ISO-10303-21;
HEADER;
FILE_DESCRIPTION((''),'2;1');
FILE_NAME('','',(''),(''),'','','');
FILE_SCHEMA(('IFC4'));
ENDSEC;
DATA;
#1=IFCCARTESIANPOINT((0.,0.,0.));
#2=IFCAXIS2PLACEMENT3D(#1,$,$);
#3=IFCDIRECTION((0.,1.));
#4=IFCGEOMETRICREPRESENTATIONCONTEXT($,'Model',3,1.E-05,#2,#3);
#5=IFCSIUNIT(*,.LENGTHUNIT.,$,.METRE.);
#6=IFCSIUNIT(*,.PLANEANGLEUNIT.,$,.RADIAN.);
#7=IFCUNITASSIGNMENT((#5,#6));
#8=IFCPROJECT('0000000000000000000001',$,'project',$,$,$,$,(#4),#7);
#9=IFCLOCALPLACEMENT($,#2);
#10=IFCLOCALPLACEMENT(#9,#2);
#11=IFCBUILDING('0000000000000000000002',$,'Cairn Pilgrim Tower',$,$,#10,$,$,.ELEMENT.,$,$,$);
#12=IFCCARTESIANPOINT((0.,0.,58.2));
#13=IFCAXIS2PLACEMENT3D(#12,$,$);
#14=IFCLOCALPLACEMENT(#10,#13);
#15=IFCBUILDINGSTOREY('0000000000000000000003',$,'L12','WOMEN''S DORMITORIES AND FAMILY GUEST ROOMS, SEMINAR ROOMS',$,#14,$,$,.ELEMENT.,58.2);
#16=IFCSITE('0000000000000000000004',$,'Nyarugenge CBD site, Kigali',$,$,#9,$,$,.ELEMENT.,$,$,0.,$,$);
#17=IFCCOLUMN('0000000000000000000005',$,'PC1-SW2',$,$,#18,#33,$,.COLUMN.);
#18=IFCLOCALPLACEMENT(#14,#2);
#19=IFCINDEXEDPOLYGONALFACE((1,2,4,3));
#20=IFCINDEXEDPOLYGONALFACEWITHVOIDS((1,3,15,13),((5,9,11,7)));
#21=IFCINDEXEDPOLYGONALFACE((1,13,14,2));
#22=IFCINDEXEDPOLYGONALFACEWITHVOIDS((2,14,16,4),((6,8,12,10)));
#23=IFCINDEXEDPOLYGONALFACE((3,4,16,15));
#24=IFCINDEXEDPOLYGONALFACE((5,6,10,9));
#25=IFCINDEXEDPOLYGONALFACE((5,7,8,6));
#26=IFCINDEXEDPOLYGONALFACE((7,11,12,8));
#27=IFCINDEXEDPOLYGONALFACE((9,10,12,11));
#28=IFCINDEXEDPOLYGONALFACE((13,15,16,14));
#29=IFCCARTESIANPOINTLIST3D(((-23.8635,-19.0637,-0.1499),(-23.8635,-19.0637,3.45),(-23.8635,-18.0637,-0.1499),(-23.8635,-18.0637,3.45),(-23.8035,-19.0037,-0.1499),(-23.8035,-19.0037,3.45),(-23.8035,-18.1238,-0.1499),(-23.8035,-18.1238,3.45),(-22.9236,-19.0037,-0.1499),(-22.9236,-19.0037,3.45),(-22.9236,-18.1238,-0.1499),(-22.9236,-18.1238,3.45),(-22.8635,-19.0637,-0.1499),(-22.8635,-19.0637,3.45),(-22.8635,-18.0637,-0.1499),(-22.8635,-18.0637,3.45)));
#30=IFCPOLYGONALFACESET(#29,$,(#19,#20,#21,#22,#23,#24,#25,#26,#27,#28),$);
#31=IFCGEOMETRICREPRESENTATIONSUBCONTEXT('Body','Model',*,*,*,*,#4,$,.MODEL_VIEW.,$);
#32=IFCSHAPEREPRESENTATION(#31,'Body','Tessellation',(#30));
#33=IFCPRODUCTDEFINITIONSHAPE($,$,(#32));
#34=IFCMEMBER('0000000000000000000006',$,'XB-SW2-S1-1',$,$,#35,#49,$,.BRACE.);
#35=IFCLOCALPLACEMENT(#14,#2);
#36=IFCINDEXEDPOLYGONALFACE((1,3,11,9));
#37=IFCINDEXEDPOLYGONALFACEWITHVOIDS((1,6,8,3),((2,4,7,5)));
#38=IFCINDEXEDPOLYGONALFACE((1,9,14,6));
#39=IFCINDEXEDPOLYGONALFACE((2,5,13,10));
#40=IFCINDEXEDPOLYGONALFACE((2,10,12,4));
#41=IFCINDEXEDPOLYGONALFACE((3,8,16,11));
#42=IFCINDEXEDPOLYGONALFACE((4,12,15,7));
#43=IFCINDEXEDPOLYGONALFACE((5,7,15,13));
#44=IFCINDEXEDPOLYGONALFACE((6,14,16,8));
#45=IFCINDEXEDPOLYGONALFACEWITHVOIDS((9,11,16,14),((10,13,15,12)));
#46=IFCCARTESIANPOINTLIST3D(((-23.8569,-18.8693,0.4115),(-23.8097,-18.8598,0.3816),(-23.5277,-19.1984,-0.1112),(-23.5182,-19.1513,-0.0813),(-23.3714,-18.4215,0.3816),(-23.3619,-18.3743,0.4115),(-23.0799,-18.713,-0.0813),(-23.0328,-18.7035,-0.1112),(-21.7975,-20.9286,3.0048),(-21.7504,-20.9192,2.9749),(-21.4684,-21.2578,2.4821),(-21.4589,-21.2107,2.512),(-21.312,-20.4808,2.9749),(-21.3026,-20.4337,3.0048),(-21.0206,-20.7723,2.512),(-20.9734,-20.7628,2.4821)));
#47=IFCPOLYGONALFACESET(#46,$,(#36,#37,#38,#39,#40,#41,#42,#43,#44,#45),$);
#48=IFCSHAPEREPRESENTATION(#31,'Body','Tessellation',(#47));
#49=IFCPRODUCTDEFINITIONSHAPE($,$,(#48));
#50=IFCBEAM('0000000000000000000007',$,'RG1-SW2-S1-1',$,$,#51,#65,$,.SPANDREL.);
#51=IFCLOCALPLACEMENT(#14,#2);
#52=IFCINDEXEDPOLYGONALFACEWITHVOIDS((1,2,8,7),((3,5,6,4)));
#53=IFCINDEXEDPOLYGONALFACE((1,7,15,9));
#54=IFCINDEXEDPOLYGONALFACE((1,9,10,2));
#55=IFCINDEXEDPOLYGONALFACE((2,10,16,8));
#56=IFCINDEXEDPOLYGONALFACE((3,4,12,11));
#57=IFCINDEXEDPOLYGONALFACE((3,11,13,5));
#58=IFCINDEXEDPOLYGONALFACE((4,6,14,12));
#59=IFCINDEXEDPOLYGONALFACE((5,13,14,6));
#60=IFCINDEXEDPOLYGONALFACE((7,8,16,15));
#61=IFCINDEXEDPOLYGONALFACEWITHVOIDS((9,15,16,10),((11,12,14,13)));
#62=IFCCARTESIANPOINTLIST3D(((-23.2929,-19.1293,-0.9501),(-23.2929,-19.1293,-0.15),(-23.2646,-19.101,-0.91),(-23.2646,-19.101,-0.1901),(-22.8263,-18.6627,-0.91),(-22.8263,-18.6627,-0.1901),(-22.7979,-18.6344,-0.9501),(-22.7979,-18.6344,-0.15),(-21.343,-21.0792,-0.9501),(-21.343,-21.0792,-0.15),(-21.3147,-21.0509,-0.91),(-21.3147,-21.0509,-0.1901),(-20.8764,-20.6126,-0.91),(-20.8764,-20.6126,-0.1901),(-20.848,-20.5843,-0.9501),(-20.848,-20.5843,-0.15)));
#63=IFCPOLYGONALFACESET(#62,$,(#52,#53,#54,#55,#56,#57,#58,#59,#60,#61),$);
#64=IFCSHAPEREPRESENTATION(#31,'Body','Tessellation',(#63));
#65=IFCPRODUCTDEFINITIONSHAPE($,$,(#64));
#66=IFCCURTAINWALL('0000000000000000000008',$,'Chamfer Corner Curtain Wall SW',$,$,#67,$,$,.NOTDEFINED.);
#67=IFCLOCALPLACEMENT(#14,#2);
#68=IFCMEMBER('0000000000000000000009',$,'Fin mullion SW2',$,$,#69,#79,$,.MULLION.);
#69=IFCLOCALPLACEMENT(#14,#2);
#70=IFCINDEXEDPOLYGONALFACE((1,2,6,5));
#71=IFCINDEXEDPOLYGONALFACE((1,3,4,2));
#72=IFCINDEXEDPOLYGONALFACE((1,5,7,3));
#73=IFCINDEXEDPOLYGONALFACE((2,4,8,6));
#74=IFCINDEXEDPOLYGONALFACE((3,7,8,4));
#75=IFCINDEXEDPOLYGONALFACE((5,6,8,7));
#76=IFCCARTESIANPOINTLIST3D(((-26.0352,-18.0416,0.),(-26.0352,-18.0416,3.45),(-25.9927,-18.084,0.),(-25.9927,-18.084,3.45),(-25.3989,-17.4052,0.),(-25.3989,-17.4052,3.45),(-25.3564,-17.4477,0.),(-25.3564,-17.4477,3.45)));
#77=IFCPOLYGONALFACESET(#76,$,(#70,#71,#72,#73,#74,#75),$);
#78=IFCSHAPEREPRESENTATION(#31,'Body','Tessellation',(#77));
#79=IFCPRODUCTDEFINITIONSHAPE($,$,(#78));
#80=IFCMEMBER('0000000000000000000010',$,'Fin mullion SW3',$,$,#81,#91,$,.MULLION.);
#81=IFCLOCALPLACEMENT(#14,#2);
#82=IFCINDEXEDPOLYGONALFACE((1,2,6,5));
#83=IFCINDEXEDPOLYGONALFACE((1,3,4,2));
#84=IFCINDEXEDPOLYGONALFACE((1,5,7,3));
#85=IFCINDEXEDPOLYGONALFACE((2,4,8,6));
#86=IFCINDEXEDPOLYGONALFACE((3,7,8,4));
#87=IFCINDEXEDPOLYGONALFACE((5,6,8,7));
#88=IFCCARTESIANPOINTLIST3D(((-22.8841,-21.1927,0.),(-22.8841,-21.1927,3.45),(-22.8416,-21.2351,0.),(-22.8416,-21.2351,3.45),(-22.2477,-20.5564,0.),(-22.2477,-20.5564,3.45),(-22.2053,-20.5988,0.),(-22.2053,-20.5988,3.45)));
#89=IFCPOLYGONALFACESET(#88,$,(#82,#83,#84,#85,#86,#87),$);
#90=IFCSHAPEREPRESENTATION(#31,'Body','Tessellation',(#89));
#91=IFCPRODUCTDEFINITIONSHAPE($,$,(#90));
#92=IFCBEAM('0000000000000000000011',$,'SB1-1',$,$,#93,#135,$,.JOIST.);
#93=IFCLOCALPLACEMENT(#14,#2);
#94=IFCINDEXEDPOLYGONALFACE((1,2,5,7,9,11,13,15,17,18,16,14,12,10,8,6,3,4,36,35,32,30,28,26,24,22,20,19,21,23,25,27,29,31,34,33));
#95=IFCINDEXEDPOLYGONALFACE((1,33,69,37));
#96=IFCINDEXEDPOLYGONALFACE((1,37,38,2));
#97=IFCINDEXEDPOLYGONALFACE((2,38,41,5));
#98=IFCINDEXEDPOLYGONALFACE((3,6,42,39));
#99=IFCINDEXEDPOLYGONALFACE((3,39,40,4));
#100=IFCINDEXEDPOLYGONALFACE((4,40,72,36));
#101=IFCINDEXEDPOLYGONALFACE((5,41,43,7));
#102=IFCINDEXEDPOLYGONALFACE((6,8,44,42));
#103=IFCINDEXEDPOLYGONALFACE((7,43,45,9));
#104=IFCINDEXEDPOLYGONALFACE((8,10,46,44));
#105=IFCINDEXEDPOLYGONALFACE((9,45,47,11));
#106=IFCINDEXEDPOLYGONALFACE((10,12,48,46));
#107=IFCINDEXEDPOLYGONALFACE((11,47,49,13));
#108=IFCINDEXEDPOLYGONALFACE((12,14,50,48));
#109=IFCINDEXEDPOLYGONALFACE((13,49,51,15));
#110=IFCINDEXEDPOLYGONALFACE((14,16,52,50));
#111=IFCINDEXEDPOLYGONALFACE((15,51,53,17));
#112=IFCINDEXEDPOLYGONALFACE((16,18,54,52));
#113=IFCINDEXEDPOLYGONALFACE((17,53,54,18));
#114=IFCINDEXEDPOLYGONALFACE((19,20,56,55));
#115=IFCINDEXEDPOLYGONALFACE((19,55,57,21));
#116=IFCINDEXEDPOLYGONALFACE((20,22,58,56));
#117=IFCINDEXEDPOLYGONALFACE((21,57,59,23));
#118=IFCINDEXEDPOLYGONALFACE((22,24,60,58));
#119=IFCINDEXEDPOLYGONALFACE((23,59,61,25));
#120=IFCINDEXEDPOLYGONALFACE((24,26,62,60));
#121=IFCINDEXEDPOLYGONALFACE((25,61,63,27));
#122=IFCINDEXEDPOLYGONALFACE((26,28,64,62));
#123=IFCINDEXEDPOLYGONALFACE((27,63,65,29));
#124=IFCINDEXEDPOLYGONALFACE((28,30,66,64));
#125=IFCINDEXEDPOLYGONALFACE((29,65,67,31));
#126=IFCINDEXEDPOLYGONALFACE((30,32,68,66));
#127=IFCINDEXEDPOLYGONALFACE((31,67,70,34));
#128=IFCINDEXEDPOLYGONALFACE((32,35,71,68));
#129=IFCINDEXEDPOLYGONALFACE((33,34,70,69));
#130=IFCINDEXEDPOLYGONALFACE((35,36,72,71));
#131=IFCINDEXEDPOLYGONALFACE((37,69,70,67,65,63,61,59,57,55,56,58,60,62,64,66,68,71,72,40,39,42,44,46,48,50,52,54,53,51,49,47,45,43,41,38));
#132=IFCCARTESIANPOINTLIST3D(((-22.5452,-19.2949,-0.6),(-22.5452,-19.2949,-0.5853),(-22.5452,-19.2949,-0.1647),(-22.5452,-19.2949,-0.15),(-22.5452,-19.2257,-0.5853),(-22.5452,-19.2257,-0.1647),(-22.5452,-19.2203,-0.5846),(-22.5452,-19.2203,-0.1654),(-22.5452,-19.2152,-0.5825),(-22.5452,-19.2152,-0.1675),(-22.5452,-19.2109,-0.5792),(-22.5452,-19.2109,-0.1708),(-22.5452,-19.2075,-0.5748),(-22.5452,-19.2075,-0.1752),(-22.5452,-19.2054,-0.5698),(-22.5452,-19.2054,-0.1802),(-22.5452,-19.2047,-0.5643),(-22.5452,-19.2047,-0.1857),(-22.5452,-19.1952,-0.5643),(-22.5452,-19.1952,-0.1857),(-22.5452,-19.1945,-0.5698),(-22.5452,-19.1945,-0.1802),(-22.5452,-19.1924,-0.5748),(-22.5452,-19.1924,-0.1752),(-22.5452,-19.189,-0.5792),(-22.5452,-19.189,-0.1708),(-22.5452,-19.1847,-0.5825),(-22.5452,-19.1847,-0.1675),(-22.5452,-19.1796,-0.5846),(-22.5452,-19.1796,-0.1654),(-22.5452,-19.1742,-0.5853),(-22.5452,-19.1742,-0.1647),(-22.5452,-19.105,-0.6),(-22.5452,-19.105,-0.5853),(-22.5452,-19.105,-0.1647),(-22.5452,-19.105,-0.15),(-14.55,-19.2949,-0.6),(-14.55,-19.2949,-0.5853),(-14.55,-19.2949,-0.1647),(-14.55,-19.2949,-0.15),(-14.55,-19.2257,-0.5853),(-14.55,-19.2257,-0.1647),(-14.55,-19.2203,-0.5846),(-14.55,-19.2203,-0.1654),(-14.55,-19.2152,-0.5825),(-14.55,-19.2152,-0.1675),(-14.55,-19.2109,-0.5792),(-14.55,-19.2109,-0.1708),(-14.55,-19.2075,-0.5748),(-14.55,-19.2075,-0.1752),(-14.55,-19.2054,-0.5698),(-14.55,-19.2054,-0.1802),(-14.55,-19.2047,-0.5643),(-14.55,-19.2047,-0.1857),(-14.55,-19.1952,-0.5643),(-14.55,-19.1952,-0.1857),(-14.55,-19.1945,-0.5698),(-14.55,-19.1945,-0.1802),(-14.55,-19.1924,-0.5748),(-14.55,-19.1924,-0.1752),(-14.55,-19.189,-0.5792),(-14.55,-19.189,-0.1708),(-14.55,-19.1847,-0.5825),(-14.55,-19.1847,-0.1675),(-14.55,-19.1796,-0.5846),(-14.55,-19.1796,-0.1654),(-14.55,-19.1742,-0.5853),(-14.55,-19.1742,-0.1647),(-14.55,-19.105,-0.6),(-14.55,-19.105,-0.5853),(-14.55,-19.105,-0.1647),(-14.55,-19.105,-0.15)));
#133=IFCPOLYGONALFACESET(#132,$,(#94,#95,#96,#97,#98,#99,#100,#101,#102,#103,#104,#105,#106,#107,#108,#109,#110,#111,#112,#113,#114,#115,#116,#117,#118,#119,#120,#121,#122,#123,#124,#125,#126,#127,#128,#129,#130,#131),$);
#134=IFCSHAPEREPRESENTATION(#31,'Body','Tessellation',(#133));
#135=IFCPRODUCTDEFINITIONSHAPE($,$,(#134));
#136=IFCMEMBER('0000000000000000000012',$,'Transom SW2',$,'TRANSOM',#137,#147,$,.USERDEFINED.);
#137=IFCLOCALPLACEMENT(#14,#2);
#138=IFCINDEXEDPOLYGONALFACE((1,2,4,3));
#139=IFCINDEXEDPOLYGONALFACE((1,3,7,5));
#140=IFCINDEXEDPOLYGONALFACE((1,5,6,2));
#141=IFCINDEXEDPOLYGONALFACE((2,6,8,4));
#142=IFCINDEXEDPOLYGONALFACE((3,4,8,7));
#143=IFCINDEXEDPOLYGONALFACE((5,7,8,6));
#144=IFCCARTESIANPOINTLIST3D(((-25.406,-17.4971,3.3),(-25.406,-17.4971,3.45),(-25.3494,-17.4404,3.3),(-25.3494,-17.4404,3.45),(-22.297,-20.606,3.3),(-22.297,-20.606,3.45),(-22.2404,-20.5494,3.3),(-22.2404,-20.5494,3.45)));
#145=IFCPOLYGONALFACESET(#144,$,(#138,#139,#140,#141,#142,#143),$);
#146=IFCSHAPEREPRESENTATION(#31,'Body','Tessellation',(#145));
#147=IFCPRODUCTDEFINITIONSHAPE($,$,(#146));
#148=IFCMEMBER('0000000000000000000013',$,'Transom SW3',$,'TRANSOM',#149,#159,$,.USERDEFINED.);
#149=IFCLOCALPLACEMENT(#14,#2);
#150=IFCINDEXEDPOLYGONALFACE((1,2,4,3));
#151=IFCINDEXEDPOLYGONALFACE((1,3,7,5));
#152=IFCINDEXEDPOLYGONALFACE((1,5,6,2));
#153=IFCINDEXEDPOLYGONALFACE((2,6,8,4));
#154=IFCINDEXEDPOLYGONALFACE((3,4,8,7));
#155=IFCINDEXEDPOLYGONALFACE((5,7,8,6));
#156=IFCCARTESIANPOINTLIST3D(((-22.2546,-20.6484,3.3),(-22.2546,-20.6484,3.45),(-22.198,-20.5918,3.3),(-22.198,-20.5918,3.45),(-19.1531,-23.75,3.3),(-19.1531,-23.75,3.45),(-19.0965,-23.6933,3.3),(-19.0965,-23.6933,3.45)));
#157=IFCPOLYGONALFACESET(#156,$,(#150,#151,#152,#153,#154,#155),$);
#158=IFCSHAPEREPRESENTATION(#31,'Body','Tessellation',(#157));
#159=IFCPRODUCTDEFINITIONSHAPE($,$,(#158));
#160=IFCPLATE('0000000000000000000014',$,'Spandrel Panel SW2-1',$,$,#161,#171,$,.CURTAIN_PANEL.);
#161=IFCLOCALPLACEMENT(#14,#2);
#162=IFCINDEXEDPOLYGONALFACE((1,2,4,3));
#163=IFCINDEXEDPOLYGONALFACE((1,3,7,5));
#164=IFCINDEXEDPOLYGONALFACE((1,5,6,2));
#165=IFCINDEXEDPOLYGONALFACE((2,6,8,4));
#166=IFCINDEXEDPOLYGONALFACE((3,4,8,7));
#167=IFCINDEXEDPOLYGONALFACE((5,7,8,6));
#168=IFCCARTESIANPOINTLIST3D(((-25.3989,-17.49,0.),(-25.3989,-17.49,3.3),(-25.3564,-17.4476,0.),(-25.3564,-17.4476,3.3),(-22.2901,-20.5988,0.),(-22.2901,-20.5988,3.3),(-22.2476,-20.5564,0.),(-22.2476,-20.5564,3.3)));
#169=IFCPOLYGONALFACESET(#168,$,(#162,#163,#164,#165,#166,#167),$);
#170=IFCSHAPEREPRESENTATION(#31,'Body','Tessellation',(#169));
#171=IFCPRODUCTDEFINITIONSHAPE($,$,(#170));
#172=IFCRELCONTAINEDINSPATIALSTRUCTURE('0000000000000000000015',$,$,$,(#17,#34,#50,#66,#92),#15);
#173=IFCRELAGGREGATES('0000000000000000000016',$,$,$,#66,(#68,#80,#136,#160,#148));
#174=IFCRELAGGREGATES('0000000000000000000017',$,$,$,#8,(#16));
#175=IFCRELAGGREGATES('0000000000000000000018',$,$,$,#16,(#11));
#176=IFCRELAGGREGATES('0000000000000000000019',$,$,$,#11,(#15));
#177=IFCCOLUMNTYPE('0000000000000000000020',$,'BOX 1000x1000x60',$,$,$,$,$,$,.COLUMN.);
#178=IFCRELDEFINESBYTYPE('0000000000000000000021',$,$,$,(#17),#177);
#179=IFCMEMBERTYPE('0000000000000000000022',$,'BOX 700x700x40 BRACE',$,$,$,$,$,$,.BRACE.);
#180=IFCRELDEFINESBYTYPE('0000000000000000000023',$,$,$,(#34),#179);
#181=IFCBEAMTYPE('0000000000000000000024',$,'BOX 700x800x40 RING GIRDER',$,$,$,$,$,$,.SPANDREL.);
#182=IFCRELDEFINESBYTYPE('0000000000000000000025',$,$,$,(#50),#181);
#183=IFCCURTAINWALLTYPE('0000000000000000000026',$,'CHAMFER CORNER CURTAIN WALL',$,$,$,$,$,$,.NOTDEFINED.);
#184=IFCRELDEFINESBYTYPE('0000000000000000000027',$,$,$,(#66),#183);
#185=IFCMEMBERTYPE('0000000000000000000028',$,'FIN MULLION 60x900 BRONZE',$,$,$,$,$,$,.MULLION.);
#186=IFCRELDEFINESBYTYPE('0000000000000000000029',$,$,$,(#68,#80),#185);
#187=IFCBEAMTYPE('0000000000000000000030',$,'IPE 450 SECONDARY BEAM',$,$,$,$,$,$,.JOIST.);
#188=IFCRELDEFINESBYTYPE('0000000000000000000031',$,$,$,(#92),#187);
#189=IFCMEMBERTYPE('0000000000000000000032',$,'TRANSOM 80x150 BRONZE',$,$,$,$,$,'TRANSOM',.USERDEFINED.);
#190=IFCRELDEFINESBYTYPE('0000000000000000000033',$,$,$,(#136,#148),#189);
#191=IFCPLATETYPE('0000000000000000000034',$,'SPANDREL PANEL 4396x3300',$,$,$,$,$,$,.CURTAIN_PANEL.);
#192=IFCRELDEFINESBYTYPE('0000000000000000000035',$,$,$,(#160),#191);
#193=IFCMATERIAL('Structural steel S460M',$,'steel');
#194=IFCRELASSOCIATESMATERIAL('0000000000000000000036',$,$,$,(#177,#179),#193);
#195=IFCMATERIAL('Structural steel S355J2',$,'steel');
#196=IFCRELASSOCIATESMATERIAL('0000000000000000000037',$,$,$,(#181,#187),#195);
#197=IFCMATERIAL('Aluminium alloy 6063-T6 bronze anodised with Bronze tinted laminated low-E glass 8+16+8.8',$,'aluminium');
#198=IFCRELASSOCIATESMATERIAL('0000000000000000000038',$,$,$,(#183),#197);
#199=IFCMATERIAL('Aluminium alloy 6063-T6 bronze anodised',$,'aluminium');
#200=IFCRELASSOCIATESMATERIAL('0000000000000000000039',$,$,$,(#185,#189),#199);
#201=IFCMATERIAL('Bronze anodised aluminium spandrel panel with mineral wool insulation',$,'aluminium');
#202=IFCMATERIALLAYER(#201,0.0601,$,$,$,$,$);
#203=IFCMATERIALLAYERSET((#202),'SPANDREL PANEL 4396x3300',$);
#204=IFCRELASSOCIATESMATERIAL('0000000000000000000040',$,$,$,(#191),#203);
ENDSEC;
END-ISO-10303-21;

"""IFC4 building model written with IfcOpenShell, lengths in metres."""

from ifc_helpers import new_model, si_unit, direction, frame, origin, origin_2d, place, context, subcontext, project, spatial, rectangle, hollow_rectangle, i_section, extrude, material, layer, layer_set, material_profile, profile_set, type_object, element, aggregate, save


model = new_model("IFC4")

# Units and contexts
model_context = context("Model", 3, precision=1e-05, world=origin(), true_north=direction((0.0, 1.0)))
body_context = subcontext(model_context, "Body", "Model", "MODEL_VIEW")
ifc_project = project(units=[si_unit("LENGTHUNIT", "METRE"), si_unit("PLANEANGLEUNIT", "RADIAN")], contexts=[model_context])

# Site, building, storey
site_placement = place(None, origin())
site = spatial("IfcSite", under=ifc_project, at=site_placement, Name="Nyarugenge CBD site, Kigali", CompositionType="ELEMENT", RefElevation=0.0)
building_placement = place(site_placement, origin())
building = spatial("IfcBuilding", under=site, at=building_placement, Name="Cairn Pilgrim Tower", CompositionType="ELEMENT")
storey_placement = place(building_placement, frame((0.0, 0.0, 58.2)))
storey = spatial("IfcBuildingStorey", under=building, at=storey_placement, Name="L12", Description="WOMEN'S DORMITORIES AND FAMILY GUEST ROOMS, SEMINAR ROOMS", CompositionType="ELEMENT", Elevation=58.2)

# Column
ifc_material_1 = material(Name="Structural steel S460M", Category="steel")
ifc_material_profile_1 = material_profile(ifc_material_1, hollow_rectangle(XDim=1.0, YDim=1.0, WallThickness=0.0601, at=origin_2d()), Name="BOX 1000x1000x60")
ifc_profile_set_1 = profile_set([ifc_material_profile_1], Name="Structural steel S460M")
column_type = type_object("IfcColumnType", Name="BOX 1000x1000x60", PredefinedType="COLUMN", material=ifc_profile_set_1)
column_placement = place(storey_placement, frame((-23.3635, -18.5637, -0.1499), z_axis=(0.0, 0.0, 1.0), x_axis=(1.0, 0.0, 0.0)))
element("IfcColumn", 1, at=column_placement, inside=storey, type_object=column_type, Name="PC1-SW2", PredefinedType="COLUMN", context=body_context, shape_type="SweptSolid", body=[
    extrude(hollow_rectangle(XDim=1.0, YDim=1.0, WallThickness=0.0601, at=origin_2d()), origin(), (0.0, 0.0, 1.0), 3.5999),
])

# Member
ifc_material_profile_2 = material_profile(ifc_material_1, hollow_rectangle(XDim=0.7, YDim=0.7, WallThickness=0.04, at=origin_2d()), Name="BOX 700x700x40")
ifc_profile_set_2 = profile_set([ifc_material_profile_2], Name="Structural steel S460M")
member_type_1 = type_object("IfcMemberType", Name="BOX 700x700x40 BRACE", PredefinedType="BRACE", material=ifc_profile_set_2)
member_1_placement = place(storey_placement, frame((-23.4448, -18.7864, 0.1501), z_axis=(0.52809, -0.52809, 0.665012), x_axis=(0.707107, 0.707107, 0.0)))
element("IfcMember", 2, at=member_1_placement, inside=storey, type_object=member_type_1, Name="XB-SW2-S1-1", PredefinedType="BRACE", context=body_context, shape_type="SweptSolid", body=[
    extrude(hollow_rectangle(XDim=0.7, YDim=0.7, WallThickness=0.04, at=origin_2d()), origin(), (0.0, 0.0, 1.0), 3.8997),
])

# Beam
ifc_material_2 = material(Name="Structural steel S355J2", Category="steel")
ifc_material_profile_3 = material_profile(ifc_material_2, hollow_rectangle(XDim=0.7, YDim=0.8, WallThickness=0.04, at=origin_2d()), Name="BOX 700x800x40")
ifc_profile_set_3 = profile_set([ifc_material_profile_3], Name="Structural steel S355J2")
beam_type_1 = type_object("IfcBeamType", Name="BOX 700x800x40 RING GIRDER", PredefinedType="SPANDREL", material=ifc_profile_set_3)
beam_1_placement = place(storey_placement, frame((-23.0454, -18.8818, -0.55), z_axis=(0.707107, -0.707107, 0.0), x_axis=(0.707107, 0.707107, 0.0)))
element("IfcBeam", 3, at=beam_1_placement, inside=storey, type_object=beam_type_1, Name="RG1-SW2-S1-1", PredefinedType="SPANDREL", context=body_context, shape_type="SweptSolid", body=[
    extrude(hollow_rectangle(XDim=0.7, YDim=0.8, WallThickness=0.04, at=origin_2d()), origin(), (0.0, 0.0, 1.0), 2.7576),
])

# Curtain wall, members
ifc_material_3 = material(Name="Aluminium alloy 6063-T6 bronze anodised with Bronze tinted laminated low-E glass 8+16+8.8", Category="aluminium")
curtain_wall_type = type_object("IfcCurtainWallType", Name="CHAMFER CORNER CURTAIN WALL", PredefinedType="NOTDEFINED", material=ifc_material_3)
curtain_wall_placement = place(storey_placement, origin())
curtain_wall = element("IfcCurtainWall", 4, at=curtain_wall_placement, inside=storey, type_object=curtain_wall_type, Name="Chamfer Corner Curtain Wall SW", PredefinedType="NOTDEFINED")
ifc_material_4 = material(Name="Aluminium alloy 6063-T6 bronze anodised", Category="aluminium")
ifc_material_profile_4 = material_profile(ifc_material_4, rectangle(XDim=0.8999, YDim=0.0601, at=origin_2d()), Name="FIN MULLION 60x900 BRONZE")
ifc_profile_set_4 = profile_set([ifc_material_profile_4], Name="Aluminium alloy 6063-T6 bronze anodised")
member_type_2 = type_object("IfcMemberType", Name="FIN MULLION 60x900 BRONZE", PredefinedType="MULLION", material=ifc_profile_set_4)
member_2_placement = place(storey_placement, frame((-25.6958, -17.7446, 0.0), z_axis=(0.0, 0.0, 1.0), x_axis=(-0.707107, -0.707107, 0.0)))
member_2 = element("IfcMember", 5, at=member_2_placement, type_object=member_type_2, Name="Fin mullion SW2", PredefinedType="MULLION", context=body_context, shape_type="SweptSolid", body=[
    extrude(rectangle(XDim=0.8999, YDim=0.0601, at=origin_2d()), origin(), (0.0, 0.0, 1.0), 3.45),
])
member_3_placement = place(storey_placement, frame((-22.5447, -20.8958, 0.0), z_axis=(0.0, 0.0, 1.0), x_axis=(-0.707107, -0.707107, 0.0)))
member_3 = element("IfcMember", 6, at=member_3_placement, type_object=member_type_2, Name="Fin mullion SW3", PredefinedType="MULLION", context=body_context, shape_type="SweptSolid", body=[
    extrude(rectangle(XDim=0.8999, YDim=0.0601, at=origin_2d()), origin(), (0.0, 0.0, 1.0), 3.45),
])

# Beam
ifc_material_profile_5 = material_profile(ifc_material_2, i_section(OverallWidth=0.1899, OverallDepth=0.45, WebThickness=0.0095, FlangeThickness=0.0146, FilletRadius=0.021, at=origin_2d()), Name="IPE 450")
ifc_profile_set_5 = profile_set([ifc_material_profile_5], Name="Structural steel S355J2")
beam_type_2 = type_object("IfcBeamType", Name="IPE 450 SECONDARY BEAM", PredefinedType="JOIST", material=ifc_profile_set_5)
beam_2_placement = place(storey_placement, frame((-22.5452, -19.2, -0.375), z_axis=(1.0, 0.0, 0.0), x_axis=(0.0, 1.0, 0.0)))
element("IfcBeam", 7, at=beam_2_placement, inside=storey, type_object=beam_type_2, Name="SB1-1", PredefinedType="JOIST", context=body_context, shape_type="SweptSolid", body=[
    extrude(i_section(OverallWidth=0.1899, OverallDepth=0.45, WebThickness=0.0095, FlangeThickness=0.0146, FilletRadius=0.021, at=origin_2d()), origin(), (0.0, 0.0, 1.0), 7.9951),
])

# Members
ifc_material_profile_6 = material_profile(ifc_material_4, rectangle(XDim=0.0801, YDim=0.1499, at=origin_2d()), Name="TRANSOM 80x150 BRONZE")
ifc_profile_set_6 = profile_set([ifc_material_profile_6], Name="Aluminium alloy 6063-T6 bronze anodised")
member_type_3 = type_object("IfcMemberType", Name="TRANSOM 80x150 BRONZE", ElementType="TRANSOM", PredefinedType="USERDEFINED", material=ifc_profile_set_6)
member_4_placement = place(storey_placement, frame((-25.3777, -17.4688, 3.375), z_axis=(0.707107, -0.707107, 0.0), x_axis=(0.707107, 0.707107, 0.0)))
member_4 = element("IfcMember", 8, at=member_4_placement, type_object=member_type_3, Name="Transom SW2", ObjectType="TRANSOM", PredefinedType="USERDEFINED", context=body_context, shape_type="SweptSolid", body=[
    extrude(rectangle(XDim=0.0801, YDim=0.1499, at=origin_2d()), origin(), (0.0, 0.0, 1.0), 4.3967),
])
member_5_placement = place(storey_placement, frame((-22.2263, -20.6201, 3.375), z_axis=(0.707107, -0.707107, 0.0), x_axis=(0.707107, 0.707107, 0.0)))
member_5 = element("IfcMember", 9, at=member_5_placement, type_object=member_type_3, Name="Transom SW3", ObjectType="TRANSOM", PredefinedType="USERDEFINED", context=body_context, shape_type="SweptSolid", body=[
    extrude(rectangle(XDim=0.0801, YDim=0.1499, at=origin_2d()), origin(), (0.0, 0.0, 1.0), 4.3862),
])

# Plate
ifc_material_5 = material(Name="Bronze anodised aluminium spandrel panel with mineral wool insulation", Category="aluminium")
ifc_layer_1 = layer(ifc_material_5, 0.0601)
ifc_layer_set_1 = layer_set([ifc_layer_1], Name="SPANDREL PANEL 4396x3300")
plate_type_1 = type_object("IfcPlateType", Name="SPANDREL PANEL 4396x3300", PredefinedType="CURTAIN_PANEL", material=ifc_layer_set_1)
plate_1_placement = place(storey_placement, frame((-23.8232, -19.0232, 0.0), z_axis=(0.0, 0.0, 1.0), x_axis=(0.707107, -0.707107, 0.0)))
plate_1 = element("IfcPlate", 10, at=plate_1_placement, type_object=plate_type_1, Name="Spandrel Panel SW2-1", PredefinedType="CURTAIN_PANEL", context=body_context, shape_type="SweptSolid", body=[
    extrude(rectangle(XDim=4.3965, YDim=0.0601, at=origin_2d()), origin(), (0.0, 0.0, 1.0), 3.3),
])
aggregate(curtain_wall, [member_2, member_3, member_4, plate_1, member_5])

save(model, "model.ifc")
